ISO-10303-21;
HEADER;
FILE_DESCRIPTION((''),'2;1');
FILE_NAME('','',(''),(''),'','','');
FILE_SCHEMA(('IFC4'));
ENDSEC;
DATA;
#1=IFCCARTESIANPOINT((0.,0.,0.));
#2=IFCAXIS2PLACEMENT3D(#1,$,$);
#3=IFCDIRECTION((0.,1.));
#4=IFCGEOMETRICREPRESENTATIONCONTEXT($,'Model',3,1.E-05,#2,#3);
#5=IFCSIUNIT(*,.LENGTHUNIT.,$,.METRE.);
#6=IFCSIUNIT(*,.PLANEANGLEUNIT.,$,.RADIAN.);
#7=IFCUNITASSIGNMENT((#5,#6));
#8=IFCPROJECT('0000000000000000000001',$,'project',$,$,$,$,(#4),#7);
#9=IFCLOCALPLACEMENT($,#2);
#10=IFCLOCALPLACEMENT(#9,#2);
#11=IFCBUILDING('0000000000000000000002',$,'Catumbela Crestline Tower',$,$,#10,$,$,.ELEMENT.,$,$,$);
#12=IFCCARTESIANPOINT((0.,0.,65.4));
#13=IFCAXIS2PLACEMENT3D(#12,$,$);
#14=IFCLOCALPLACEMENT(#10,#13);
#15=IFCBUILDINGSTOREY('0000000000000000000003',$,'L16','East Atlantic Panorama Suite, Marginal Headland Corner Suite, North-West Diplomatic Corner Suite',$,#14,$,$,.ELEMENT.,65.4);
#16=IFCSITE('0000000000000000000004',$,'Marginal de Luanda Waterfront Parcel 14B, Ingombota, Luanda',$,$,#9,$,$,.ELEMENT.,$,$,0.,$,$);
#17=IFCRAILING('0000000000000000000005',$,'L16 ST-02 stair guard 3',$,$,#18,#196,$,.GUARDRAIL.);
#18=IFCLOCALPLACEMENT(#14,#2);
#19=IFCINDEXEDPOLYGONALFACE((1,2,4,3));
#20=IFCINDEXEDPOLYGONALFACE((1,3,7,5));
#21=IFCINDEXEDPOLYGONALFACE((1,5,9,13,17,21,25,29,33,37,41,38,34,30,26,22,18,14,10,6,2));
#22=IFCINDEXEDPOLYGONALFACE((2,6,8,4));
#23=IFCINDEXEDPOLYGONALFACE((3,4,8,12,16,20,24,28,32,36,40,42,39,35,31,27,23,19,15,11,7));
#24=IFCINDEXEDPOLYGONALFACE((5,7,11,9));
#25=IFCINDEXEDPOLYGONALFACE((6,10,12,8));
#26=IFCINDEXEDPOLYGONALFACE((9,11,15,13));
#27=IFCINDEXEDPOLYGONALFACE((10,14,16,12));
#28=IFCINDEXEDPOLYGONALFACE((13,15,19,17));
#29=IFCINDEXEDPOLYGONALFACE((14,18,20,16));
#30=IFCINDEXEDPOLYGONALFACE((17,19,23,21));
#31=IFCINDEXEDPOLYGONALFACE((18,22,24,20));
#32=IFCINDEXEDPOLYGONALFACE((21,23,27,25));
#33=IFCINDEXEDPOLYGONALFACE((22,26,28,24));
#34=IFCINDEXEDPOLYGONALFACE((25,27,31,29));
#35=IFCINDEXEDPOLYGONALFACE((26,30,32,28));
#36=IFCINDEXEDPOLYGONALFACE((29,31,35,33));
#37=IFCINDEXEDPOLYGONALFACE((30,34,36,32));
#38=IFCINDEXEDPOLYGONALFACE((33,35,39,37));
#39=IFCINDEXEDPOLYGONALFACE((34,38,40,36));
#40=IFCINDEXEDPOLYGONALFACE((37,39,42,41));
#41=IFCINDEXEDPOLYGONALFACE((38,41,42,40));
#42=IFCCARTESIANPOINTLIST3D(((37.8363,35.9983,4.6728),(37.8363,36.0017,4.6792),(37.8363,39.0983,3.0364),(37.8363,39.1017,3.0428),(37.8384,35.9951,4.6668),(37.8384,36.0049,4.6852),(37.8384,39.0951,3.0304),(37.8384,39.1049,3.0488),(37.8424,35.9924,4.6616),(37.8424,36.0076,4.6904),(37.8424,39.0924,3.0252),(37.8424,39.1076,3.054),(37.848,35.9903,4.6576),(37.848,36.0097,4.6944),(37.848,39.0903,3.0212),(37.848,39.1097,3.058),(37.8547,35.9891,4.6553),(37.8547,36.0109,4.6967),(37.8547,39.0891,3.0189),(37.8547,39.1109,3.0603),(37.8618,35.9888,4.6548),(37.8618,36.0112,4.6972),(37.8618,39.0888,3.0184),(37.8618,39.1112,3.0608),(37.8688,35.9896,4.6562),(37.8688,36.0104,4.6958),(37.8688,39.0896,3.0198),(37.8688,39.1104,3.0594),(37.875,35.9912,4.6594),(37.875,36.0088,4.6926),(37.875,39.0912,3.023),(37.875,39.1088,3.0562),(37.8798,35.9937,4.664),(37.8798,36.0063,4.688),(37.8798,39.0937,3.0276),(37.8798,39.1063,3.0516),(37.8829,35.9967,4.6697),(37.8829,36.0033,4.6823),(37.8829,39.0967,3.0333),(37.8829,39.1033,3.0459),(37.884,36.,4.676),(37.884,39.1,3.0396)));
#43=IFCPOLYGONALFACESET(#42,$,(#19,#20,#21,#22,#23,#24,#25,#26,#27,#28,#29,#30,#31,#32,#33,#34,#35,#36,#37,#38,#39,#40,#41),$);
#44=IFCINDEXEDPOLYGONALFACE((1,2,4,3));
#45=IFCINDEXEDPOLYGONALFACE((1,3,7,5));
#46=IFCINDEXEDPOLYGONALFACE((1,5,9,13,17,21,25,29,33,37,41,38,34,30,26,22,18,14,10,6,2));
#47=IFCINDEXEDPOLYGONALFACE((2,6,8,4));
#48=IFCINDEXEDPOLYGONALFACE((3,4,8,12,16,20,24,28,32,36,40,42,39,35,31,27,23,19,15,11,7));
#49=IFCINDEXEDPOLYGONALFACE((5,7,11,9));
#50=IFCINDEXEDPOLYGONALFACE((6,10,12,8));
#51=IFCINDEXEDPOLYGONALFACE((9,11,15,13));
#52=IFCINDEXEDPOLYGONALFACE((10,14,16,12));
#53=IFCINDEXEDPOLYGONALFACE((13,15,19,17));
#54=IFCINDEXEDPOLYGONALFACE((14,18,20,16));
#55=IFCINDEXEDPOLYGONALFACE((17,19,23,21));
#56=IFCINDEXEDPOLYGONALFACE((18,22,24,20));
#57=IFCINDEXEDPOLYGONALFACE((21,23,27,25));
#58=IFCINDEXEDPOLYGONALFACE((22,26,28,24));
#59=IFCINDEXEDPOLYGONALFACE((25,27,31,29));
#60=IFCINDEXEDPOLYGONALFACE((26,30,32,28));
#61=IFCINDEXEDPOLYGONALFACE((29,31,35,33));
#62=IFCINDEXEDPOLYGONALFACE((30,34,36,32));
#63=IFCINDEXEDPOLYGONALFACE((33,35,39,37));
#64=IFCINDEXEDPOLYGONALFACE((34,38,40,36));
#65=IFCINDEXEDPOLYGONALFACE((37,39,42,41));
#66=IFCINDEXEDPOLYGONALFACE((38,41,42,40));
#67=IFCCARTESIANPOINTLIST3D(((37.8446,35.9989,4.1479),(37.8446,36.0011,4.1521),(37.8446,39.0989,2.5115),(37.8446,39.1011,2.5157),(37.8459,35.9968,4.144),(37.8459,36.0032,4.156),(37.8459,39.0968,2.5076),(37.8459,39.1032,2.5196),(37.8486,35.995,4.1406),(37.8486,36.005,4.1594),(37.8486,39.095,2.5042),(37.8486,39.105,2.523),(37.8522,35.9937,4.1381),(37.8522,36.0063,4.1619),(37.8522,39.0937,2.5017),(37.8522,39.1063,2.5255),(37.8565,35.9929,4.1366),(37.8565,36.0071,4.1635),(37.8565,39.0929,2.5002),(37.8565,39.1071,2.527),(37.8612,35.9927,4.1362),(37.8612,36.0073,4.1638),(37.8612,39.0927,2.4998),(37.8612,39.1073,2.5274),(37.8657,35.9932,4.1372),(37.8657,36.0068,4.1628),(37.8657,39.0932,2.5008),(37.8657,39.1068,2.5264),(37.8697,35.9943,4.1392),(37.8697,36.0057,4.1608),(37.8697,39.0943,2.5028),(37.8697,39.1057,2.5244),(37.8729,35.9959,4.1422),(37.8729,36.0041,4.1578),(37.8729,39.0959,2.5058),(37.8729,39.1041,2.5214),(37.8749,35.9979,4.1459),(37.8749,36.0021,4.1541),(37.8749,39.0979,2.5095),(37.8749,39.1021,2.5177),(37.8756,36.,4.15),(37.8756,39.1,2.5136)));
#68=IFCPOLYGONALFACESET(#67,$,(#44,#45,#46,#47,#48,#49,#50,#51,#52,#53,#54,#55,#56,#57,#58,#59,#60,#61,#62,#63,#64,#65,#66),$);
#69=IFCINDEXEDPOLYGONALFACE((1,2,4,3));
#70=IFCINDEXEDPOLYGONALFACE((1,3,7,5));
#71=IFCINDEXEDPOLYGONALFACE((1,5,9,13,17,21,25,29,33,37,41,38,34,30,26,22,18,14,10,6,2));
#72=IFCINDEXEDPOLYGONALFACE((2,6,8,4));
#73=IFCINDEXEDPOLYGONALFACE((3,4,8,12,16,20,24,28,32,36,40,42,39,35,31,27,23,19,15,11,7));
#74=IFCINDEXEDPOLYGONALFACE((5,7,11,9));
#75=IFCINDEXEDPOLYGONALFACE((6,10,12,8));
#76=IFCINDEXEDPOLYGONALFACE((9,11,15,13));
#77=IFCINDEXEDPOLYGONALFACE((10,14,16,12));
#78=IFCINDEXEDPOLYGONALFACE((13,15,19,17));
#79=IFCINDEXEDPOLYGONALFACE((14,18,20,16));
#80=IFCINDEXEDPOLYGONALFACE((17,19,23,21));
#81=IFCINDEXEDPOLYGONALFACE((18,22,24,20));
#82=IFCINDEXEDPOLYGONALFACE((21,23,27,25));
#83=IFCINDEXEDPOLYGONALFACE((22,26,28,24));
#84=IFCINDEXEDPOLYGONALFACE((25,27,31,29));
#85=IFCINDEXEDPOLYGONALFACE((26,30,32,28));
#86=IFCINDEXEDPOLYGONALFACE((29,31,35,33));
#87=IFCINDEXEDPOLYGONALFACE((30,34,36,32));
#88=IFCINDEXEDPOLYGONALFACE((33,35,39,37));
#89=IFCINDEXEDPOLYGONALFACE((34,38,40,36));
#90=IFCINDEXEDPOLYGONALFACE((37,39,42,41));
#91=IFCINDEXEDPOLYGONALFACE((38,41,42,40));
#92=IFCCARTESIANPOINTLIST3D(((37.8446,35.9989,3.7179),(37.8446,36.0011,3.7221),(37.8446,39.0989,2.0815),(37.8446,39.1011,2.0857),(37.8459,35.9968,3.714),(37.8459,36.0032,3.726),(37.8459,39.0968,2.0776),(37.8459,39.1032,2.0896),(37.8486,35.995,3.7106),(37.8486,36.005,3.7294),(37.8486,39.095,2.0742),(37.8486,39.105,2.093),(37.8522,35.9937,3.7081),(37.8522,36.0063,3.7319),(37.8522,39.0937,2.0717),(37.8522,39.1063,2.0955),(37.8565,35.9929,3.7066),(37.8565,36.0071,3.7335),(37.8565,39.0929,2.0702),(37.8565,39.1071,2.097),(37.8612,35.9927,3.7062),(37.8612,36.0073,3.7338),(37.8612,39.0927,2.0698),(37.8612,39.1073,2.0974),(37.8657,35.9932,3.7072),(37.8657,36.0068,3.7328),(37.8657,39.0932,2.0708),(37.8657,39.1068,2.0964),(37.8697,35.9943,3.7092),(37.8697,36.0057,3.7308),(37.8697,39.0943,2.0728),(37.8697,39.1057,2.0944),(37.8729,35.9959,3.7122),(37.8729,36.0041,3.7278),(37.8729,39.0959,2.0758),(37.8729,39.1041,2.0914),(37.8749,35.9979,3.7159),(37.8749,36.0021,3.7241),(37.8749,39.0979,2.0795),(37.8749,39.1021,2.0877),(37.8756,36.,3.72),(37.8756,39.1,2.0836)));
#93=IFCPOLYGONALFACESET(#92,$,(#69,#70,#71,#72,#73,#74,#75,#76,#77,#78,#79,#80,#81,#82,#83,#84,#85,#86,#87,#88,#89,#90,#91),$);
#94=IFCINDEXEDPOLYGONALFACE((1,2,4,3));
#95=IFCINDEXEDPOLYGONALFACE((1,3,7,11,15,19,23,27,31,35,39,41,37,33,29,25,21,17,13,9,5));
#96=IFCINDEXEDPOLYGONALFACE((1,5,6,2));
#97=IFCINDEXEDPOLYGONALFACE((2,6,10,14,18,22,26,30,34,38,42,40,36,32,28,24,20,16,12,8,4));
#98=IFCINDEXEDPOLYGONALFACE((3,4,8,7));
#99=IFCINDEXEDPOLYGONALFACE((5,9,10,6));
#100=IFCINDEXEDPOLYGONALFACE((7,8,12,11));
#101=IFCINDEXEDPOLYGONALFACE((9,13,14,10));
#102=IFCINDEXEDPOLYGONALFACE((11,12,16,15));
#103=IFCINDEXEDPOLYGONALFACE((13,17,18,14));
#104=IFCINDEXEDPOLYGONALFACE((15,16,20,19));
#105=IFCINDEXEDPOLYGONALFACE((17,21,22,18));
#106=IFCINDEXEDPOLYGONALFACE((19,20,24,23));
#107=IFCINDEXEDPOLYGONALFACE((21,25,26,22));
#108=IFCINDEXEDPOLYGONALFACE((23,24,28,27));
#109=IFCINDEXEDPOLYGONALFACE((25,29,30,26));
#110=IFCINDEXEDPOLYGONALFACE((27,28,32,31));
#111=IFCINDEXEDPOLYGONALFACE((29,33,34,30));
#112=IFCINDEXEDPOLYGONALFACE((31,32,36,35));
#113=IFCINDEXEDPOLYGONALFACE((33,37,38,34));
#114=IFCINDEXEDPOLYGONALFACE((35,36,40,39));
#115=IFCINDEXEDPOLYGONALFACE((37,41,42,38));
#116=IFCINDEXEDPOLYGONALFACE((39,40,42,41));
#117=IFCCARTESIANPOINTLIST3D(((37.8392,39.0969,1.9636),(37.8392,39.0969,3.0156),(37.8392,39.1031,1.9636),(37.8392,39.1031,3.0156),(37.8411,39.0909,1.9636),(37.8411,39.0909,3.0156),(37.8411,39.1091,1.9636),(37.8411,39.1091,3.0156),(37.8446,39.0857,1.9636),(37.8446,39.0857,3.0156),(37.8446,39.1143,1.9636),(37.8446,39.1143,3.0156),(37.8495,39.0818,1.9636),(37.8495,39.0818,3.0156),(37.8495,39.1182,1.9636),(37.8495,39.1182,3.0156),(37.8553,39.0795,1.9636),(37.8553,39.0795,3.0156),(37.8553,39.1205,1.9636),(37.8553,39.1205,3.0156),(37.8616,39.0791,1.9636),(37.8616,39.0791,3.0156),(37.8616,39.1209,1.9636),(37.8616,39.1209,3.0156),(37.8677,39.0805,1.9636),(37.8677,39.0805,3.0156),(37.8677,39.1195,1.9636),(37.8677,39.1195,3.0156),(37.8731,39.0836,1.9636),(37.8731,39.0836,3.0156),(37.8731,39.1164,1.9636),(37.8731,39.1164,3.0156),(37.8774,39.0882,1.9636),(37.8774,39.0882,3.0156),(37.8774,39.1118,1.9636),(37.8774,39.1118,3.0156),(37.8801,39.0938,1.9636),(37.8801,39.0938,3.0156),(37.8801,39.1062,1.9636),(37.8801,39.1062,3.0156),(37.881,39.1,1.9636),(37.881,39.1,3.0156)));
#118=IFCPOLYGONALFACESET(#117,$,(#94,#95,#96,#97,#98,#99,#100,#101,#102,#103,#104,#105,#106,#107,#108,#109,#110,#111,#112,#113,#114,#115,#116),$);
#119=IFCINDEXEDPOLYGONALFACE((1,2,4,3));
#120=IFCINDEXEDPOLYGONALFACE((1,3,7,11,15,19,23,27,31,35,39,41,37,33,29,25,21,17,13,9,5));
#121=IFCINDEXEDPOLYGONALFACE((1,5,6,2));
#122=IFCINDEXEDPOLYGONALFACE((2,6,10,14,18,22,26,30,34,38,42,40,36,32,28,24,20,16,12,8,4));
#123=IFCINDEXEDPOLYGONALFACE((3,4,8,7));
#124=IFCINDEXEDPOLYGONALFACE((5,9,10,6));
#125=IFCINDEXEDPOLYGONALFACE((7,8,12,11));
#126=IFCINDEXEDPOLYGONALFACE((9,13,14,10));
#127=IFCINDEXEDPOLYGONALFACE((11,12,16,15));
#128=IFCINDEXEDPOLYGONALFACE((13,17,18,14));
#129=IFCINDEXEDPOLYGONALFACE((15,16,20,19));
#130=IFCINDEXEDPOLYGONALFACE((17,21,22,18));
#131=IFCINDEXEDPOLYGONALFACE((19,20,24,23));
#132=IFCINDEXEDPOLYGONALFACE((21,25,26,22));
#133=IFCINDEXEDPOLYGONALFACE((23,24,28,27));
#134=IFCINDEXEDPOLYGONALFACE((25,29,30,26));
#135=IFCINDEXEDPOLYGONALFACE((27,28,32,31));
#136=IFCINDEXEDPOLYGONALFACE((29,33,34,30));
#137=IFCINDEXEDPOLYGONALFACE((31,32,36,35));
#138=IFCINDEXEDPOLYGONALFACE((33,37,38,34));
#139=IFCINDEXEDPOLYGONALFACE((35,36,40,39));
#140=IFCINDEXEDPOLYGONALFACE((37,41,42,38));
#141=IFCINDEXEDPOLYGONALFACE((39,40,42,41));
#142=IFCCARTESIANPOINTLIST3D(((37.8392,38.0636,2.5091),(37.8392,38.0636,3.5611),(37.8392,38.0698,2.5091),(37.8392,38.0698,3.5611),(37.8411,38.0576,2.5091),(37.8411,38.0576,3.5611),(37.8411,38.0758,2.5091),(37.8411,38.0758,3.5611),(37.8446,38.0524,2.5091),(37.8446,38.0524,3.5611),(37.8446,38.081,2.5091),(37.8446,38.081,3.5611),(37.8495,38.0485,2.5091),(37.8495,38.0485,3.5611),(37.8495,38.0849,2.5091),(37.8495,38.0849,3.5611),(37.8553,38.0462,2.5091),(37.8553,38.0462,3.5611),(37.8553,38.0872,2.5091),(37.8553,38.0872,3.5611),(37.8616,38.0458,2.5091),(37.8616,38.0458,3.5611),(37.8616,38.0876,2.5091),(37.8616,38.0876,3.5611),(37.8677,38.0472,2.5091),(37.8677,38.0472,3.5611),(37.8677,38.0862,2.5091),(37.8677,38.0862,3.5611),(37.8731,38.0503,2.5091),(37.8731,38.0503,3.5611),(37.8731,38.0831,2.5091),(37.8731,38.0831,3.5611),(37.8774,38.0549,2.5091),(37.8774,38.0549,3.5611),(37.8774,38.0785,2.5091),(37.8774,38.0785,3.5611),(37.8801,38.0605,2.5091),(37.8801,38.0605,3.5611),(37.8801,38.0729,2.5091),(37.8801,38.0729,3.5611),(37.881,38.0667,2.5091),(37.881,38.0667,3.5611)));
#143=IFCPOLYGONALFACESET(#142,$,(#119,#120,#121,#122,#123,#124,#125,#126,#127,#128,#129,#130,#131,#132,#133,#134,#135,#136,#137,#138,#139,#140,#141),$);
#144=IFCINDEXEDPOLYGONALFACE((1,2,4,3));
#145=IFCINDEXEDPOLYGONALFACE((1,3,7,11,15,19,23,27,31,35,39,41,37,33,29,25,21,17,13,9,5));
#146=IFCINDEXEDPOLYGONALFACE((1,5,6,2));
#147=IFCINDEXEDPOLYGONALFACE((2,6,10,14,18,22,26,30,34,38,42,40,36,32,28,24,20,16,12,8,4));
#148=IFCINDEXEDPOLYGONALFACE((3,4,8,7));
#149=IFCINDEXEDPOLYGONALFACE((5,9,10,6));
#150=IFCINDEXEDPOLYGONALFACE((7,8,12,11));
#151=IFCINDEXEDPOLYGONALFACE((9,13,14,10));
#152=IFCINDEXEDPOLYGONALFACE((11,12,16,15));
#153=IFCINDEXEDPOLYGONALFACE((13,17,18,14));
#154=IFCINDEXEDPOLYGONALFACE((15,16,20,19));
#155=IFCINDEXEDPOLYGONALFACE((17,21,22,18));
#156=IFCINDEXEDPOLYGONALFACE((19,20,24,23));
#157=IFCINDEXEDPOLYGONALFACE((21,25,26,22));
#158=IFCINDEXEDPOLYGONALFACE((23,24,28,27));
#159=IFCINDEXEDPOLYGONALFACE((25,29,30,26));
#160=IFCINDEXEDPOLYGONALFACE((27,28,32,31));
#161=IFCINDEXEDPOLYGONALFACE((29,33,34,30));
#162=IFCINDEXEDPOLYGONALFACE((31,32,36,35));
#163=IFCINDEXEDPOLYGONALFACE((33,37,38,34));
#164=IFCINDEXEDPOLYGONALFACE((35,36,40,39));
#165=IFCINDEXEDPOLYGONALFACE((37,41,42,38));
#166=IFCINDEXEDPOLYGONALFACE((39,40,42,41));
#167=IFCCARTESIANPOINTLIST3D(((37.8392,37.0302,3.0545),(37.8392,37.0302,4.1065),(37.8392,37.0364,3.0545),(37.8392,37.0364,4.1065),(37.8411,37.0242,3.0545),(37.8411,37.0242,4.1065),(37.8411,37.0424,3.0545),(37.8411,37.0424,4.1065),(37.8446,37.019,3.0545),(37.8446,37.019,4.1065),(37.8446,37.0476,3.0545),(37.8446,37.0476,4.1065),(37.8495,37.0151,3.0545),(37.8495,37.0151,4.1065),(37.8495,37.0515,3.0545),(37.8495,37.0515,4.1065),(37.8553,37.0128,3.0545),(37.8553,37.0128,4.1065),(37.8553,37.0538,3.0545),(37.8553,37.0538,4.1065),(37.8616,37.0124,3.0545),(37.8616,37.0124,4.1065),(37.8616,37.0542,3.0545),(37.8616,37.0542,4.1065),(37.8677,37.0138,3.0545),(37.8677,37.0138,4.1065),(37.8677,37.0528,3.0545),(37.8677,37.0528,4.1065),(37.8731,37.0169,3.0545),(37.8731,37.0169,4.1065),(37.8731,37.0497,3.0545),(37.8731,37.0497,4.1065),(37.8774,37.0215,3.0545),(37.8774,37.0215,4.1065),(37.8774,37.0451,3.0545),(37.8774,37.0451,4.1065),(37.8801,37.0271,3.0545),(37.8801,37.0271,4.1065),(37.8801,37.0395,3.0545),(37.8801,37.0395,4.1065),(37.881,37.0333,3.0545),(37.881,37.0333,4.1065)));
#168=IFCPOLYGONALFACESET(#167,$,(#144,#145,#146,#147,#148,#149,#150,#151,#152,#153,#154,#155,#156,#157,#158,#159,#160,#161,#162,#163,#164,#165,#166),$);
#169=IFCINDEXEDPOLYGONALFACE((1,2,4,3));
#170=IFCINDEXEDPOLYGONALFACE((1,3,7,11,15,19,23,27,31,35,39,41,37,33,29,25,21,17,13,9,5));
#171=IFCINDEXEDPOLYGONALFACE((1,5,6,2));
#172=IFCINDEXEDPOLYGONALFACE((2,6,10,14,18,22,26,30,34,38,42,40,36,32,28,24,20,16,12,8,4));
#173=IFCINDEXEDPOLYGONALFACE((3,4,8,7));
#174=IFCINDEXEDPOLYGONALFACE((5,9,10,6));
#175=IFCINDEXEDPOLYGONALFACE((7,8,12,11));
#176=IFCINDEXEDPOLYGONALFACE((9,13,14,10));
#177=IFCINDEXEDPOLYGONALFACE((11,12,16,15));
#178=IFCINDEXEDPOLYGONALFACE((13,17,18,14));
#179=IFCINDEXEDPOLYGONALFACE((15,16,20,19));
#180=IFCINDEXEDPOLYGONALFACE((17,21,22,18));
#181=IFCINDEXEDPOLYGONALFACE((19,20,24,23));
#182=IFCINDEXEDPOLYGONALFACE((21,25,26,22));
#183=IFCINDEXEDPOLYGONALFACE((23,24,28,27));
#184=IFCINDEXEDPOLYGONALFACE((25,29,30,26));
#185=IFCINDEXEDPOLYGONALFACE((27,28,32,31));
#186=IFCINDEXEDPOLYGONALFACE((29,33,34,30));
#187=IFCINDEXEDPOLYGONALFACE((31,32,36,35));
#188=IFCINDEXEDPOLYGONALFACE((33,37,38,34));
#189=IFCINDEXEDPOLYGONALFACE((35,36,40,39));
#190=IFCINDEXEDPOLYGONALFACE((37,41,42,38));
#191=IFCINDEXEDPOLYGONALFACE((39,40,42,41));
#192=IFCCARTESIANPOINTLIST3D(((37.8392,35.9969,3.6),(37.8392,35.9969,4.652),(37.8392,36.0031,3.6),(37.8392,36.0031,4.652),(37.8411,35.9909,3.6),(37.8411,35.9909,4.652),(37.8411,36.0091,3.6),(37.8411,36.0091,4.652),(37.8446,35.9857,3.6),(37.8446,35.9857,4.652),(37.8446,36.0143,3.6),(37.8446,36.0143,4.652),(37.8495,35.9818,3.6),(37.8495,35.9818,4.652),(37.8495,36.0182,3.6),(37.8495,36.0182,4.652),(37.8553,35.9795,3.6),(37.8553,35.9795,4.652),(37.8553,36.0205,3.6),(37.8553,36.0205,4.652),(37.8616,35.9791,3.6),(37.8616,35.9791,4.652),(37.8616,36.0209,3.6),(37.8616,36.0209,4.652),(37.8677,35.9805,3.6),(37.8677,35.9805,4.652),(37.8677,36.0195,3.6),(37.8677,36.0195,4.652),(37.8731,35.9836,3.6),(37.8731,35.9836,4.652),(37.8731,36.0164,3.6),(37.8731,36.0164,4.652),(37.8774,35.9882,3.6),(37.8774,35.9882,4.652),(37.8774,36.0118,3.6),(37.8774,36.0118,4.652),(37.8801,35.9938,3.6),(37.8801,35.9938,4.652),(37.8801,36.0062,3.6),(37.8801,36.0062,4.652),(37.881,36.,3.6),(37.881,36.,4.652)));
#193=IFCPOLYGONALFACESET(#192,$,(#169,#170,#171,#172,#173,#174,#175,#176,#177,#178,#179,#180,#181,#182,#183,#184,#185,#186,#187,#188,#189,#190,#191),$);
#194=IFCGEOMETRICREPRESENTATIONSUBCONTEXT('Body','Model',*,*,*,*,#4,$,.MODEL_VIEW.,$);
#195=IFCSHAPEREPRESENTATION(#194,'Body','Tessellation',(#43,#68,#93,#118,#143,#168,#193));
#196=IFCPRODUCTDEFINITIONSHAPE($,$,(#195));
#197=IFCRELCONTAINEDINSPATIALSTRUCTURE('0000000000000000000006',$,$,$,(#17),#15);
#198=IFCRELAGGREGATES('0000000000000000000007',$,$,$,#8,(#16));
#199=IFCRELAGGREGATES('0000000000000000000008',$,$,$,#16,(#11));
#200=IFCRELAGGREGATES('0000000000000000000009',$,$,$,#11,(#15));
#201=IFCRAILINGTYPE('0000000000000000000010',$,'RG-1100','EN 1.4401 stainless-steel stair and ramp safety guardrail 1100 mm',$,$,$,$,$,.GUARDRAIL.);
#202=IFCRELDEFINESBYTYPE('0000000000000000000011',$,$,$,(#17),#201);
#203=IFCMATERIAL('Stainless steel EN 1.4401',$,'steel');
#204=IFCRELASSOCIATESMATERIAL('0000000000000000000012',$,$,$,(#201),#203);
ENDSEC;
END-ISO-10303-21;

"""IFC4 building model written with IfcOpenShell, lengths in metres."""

from ifc_helpers import new_model, si_unit, direction, frame, origin, origin_2d, place, context, subcontext, project, spatial, circle, extrude, material, type_object, element, save


model = new_model("IFC4")

# Units and contexts
model_context = context("Model", 3, precision=1e-05, world=origin(), true_north=direction((0.0, 1.0)))
body_context = subcontext(model_context, "Body", "Model", "MODEL_VIEW")
ifc_project = project(units=[si_unit("LENGTHUNIT", "METRE"), si_unit("PLANEANGLEUNIT", "RADIAN")], contexts=[model_context])

# Site, building, storey
site_placement = place(None, origin())
site = spatial("IfcSite", under=ifc_project, at=site_placement, Name="Marginal de Luanda Waterfront Parcel 14B, Ingombota, Luanda", CompositionType="ELEMENT", RefElevation=0.0)
building_placement = place(site_placement, origin())
building = spatial("IfcBuilding", under=site, at=building_placement, Name="Catumbela Crestline Tower", CompositionType="ELEMENT")
storey_placement = place(building_placement, frame((0.0, 0.0, 65.4)))
storey = spatial("IfcBuildingStorey", under=building, at=storey_placement, Name="L16", Description="East Atlantic Panorama Suite, Marginal Headland Corner Suite, North-West Diplomatic Corner Suite", CompositionType="ELEMENT", Elevation=65.4)

# Shared definitions
ifc_material_1 = material(Name="Stainless steel EN 1.4401", Category="steel")

# Railing
railing_type_1 = type_object("IfcRailingType", Name="RG-1100", Description="EN 1.4401 stainless-steel stair and ramp safety guardrail 1100 mm", PredefinedType="GUARDRAIL", material=ifc_material_1)
railing_1_placement = place(storey_placement, frame((37.86, 39.1, 1.9636)))
element("IfcRailing", 1, at=railing_1_placement, inside=storey, type_object=railing_type_1, Name="L16 ST-02 stair guard 3", PredefinedType="GUARDRAIL", context=body_context, shape_type="SweptSolid", body=[
    extrude(circle(Radius=0.024, at=origin_2d()), frame((0.0, 0.0, 1.076), z_axis=(0.0, -0.884351, 0.466823), x_axis=(1.0, 0.0, 0.0)), (0.0, 0.0, 1.0), 3.5054),
    extrude(circle(Radius=0.0156, at=origin_2d()), frame((0.0, 0.0, 0.55), z_axis=(0.0, -0.884351, 0.466823), x_axis=(1.0, 0.0, 0.0)), (0.0, 0.0, 1.0), 3.5054),
    extrude(circle(Radius=0.0156, at=origin_2d()), frame((0.0, 0.0, 0.12), z_axis=(0.0, -0.884351, 0.466823), x_axis=(1.0, 0.0, 0.0)), (0.0, 0.0, 1.0), 3.5054),
    extrude(circle(Radius=0.021, at=origin_2d()), origin(), (0.0, 0.0, 1.0), 1.052),
    extrude(circle(Radius=0.021, at=origin_2d()), frame((0.0, -1.0333, 0.5455)), (0.0, 0.0, 1.0), 1.052),
    extrude(circle(Radius=0.021, at=origin_2d()), frame((0.0, -2.0667, 1.0909)), (0.0, 0.0, 1.0), 1.052),
    extrude(circle(Radius=0.021, at=origin_2d()), frame((0.0, -3.1, 1.6364)), (0.0, 0.0, 1.0), 1.052),
])

save(model, "model.ifc")
